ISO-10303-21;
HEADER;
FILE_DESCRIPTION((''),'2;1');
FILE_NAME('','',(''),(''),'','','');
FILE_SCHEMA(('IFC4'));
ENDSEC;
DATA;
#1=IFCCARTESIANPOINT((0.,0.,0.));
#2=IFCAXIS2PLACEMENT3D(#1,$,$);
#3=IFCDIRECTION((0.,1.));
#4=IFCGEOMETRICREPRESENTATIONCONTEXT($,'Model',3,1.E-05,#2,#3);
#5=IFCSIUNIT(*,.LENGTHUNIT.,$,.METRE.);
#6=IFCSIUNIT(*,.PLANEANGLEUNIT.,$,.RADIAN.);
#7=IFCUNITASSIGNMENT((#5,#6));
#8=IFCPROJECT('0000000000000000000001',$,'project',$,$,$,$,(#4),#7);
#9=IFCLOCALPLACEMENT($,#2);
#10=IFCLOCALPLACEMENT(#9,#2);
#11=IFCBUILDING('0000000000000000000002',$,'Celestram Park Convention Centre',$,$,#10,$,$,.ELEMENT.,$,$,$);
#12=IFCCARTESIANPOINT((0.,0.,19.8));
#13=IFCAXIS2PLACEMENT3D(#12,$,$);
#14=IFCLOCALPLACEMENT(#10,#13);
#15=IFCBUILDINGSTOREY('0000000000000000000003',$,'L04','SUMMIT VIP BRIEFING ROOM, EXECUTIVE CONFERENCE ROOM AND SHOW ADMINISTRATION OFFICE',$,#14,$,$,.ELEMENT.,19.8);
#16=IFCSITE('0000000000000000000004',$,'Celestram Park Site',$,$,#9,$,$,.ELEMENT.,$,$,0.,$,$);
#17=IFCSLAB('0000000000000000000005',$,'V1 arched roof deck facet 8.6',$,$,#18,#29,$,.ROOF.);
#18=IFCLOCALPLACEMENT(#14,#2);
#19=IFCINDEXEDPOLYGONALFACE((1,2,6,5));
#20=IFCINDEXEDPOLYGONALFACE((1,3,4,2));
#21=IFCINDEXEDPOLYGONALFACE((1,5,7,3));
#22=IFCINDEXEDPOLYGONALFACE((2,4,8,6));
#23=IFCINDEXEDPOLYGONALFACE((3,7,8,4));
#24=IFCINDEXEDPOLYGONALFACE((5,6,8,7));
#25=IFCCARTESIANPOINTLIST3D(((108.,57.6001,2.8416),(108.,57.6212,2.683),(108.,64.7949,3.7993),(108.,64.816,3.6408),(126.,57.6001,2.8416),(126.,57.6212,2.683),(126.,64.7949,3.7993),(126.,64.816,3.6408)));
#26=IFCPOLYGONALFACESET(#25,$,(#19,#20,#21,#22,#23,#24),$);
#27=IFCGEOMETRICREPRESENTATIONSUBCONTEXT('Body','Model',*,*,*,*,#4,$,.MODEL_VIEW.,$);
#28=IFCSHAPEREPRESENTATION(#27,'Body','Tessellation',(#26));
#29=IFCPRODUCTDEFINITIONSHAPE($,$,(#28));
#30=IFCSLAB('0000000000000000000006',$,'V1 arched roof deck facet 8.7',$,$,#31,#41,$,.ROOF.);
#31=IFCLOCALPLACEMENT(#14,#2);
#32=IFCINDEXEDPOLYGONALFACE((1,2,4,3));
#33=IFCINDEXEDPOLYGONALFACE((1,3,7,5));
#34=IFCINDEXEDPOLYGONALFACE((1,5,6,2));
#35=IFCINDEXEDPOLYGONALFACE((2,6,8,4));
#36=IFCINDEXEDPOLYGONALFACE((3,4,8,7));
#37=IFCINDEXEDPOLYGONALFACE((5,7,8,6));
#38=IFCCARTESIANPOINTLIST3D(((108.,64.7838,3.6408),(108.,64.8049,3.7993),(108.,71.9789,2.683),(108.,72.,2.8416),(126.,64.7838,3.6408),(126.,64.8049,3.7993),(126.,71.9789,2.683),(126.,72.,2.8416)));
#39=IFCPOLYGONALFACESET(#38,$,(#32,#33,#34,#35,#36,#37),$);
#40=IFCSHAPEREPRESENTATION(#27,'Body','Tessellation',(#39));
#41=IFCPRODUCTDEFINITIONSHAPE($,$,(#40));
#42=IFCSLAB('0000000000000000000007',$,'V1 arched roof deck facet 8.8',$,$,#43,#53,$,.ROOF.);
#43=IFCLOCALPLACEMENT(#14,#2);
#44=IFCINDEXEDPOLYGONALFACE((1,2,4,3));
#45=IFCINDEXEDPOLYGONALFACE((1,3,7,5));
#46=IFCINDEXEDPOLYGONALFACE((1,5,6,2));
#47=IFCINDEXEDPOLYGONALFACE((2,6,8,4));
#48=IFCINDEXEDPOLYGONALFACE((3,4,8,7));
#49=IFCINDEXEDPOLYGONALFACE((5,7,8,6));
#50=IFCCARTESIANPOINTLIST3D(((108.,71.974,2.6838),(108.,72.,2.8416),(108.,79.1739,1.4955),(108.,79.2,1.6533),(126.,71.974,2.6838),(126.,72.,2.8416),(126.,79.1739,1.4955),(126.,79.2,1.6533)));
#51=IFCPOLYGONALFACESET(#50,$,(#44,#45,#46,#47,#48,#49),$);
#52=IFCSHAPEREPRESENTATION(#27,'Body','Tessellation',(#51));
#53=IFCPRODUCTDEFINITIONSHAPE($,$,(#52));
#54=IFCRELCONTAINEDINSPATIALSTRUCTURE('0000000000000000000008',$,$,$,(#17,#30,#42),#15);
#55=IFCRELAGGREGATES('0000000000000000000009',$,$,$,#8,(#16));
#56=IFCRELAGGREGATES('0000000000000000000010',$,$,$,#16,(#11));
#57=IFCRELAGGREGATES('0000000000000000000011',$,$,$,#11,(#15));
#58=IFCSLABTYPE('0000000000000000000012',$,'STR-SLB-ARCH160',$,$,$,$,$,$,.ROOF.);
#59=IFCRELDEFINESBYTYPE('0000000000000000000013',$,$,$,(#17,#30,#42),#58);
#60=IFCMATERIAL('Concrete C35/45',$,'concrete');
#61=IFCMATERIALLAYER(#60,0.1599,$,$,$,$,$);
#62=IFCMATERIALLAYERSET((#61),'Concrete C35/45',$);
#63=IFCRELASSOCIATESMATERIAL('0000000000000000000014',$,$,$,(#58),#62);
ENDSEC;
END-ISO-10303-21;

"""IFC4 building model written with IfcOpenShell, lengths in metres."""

from ifc_helpers import new_model, si_unit, direction, frame, origin, place, context, subcontext, project, spatial, polyline, outline, extrude, material, layer, layer_set, type_object, element, save


model = new_model("IFC4")

# Units and contexts
model_context = context("Model", 3, precision=1e-05, world=origin(), true_north=direction((0.0, 1.0)))
body_context = subcontext(model_context, "Body", "Model", "MODEL_VIEW")
ifc_project = project(units=[si_unit("LENGTHUNIT", "METRE"), si_unit("PLANEANGLEUNIT", "RADIAN")], contexts=[model_context])

# Site, building, storey
site_placement = place(None, origin())
site = spatial("IfcSite", under=ifc_project, at=site_placement, Name="Celestram Park Site", CompositionType="ELEMENT", RefElevation=0.0)
building_placement = place(site_placement, origin())
building = spatial("IfcBuilding", under=site, at=building_placement, Name="Celestram Park Convention Centre", CompositionType="ELEMENT")
storey_placement = place(building_placement, frame((0.0, 0.0, 19.8)))
storey = spatial("IfcBuildingStorey", under=building, at=storey_placement, Name="L04", Description="SUMMIT VIP BRIEFING ROOM, EXECUTIVE CONFERENCE ROOM AND SHOW ADMINISTRATION OFFICE", CompositionType="ELEMENT", Elevation=19.8)

# Slabs
ifc_material_1 = material(Name="Concrete C35/45", Category="concrete")
ifc_layer_1 = layer(ifc_material_1, 0.1599)
ifc_layer_set_1 = layer_set([ifc_layer_1], Name="Concrete C35/45")
slab_type = type_object("IfcSlabType", Name="STR-SLB-ARCH160", PredefinedType="ROOF", material=ifc_layer_set_1)
slab_1_placement = place(storey_placement, frame((108.0, 57.6001, 2.8416), z_axis=(0.0, -0.131954, 0.991256), x_axis=(1.0, 0.0, 0.0)))
element("IfcSlab", 1, at=slab_1_placement, inside=storey, type_object=slab_type, Name="V1 arched roof deck facet 8.6", PredefinedType="ROOF", context=body_context, shape_type="SweptSolid", body=[
    extrude(outline(polyline([(0.0, 0.0), (18.0, 0.0), (18.0, 7.2583), (0.0, 7.2583), (0.0, 0.0)])), origin(), (0.0, 0.0, -1.0), 0.1599),
])
slab_2_placement = place(storey_placement, frame((108.0, 64.8049, 3.7993), z_axis=(0.0, 0.13195, 0.991256), x_axis=(1.0, 0.0, 0.0)))
element("IfcSlab", 2, at=slab_2_placement, inside=storey, type_object=slab_type, Name="V1 arched roof deck facet 8.7", PredefinedType="ROOF", context=body_context, shape_type="SweptSolid", body=[
    extrude(outline(polyline([(0.0, 0.0), (18.0, 0.0), (18.0, 7.2585), (0.0, 7.2585), (0.0, 0.0)])), origin(), (0.0, 0.0, -1.0), 0.1599),
])
slab_3_placement = place(storey_placement, frame((108.0, 72.0, 2.8416), z_axis=(0.0, 0.162831, 0.986654), x_axis=(1.0, 0.0, 0.0)))
element("IfcSlab", 3, at=slab_3_placement, inside=storey, type_object=slab_type, Name="V1 arched roof deck facet 8.8", PredefinedType="ROOF", context=body_context, shape_type="SweptSolid", body=[
    extrude(outline(polyline([(0.0, 0.0), (18.0, 0.0), (18.0, 7.2973), (0.0, 7.2973), (0.0, 0.0)])), origin(), (0.0, 0.0, -1.0), 0.1599),
])

save(model, "model.ifc")
